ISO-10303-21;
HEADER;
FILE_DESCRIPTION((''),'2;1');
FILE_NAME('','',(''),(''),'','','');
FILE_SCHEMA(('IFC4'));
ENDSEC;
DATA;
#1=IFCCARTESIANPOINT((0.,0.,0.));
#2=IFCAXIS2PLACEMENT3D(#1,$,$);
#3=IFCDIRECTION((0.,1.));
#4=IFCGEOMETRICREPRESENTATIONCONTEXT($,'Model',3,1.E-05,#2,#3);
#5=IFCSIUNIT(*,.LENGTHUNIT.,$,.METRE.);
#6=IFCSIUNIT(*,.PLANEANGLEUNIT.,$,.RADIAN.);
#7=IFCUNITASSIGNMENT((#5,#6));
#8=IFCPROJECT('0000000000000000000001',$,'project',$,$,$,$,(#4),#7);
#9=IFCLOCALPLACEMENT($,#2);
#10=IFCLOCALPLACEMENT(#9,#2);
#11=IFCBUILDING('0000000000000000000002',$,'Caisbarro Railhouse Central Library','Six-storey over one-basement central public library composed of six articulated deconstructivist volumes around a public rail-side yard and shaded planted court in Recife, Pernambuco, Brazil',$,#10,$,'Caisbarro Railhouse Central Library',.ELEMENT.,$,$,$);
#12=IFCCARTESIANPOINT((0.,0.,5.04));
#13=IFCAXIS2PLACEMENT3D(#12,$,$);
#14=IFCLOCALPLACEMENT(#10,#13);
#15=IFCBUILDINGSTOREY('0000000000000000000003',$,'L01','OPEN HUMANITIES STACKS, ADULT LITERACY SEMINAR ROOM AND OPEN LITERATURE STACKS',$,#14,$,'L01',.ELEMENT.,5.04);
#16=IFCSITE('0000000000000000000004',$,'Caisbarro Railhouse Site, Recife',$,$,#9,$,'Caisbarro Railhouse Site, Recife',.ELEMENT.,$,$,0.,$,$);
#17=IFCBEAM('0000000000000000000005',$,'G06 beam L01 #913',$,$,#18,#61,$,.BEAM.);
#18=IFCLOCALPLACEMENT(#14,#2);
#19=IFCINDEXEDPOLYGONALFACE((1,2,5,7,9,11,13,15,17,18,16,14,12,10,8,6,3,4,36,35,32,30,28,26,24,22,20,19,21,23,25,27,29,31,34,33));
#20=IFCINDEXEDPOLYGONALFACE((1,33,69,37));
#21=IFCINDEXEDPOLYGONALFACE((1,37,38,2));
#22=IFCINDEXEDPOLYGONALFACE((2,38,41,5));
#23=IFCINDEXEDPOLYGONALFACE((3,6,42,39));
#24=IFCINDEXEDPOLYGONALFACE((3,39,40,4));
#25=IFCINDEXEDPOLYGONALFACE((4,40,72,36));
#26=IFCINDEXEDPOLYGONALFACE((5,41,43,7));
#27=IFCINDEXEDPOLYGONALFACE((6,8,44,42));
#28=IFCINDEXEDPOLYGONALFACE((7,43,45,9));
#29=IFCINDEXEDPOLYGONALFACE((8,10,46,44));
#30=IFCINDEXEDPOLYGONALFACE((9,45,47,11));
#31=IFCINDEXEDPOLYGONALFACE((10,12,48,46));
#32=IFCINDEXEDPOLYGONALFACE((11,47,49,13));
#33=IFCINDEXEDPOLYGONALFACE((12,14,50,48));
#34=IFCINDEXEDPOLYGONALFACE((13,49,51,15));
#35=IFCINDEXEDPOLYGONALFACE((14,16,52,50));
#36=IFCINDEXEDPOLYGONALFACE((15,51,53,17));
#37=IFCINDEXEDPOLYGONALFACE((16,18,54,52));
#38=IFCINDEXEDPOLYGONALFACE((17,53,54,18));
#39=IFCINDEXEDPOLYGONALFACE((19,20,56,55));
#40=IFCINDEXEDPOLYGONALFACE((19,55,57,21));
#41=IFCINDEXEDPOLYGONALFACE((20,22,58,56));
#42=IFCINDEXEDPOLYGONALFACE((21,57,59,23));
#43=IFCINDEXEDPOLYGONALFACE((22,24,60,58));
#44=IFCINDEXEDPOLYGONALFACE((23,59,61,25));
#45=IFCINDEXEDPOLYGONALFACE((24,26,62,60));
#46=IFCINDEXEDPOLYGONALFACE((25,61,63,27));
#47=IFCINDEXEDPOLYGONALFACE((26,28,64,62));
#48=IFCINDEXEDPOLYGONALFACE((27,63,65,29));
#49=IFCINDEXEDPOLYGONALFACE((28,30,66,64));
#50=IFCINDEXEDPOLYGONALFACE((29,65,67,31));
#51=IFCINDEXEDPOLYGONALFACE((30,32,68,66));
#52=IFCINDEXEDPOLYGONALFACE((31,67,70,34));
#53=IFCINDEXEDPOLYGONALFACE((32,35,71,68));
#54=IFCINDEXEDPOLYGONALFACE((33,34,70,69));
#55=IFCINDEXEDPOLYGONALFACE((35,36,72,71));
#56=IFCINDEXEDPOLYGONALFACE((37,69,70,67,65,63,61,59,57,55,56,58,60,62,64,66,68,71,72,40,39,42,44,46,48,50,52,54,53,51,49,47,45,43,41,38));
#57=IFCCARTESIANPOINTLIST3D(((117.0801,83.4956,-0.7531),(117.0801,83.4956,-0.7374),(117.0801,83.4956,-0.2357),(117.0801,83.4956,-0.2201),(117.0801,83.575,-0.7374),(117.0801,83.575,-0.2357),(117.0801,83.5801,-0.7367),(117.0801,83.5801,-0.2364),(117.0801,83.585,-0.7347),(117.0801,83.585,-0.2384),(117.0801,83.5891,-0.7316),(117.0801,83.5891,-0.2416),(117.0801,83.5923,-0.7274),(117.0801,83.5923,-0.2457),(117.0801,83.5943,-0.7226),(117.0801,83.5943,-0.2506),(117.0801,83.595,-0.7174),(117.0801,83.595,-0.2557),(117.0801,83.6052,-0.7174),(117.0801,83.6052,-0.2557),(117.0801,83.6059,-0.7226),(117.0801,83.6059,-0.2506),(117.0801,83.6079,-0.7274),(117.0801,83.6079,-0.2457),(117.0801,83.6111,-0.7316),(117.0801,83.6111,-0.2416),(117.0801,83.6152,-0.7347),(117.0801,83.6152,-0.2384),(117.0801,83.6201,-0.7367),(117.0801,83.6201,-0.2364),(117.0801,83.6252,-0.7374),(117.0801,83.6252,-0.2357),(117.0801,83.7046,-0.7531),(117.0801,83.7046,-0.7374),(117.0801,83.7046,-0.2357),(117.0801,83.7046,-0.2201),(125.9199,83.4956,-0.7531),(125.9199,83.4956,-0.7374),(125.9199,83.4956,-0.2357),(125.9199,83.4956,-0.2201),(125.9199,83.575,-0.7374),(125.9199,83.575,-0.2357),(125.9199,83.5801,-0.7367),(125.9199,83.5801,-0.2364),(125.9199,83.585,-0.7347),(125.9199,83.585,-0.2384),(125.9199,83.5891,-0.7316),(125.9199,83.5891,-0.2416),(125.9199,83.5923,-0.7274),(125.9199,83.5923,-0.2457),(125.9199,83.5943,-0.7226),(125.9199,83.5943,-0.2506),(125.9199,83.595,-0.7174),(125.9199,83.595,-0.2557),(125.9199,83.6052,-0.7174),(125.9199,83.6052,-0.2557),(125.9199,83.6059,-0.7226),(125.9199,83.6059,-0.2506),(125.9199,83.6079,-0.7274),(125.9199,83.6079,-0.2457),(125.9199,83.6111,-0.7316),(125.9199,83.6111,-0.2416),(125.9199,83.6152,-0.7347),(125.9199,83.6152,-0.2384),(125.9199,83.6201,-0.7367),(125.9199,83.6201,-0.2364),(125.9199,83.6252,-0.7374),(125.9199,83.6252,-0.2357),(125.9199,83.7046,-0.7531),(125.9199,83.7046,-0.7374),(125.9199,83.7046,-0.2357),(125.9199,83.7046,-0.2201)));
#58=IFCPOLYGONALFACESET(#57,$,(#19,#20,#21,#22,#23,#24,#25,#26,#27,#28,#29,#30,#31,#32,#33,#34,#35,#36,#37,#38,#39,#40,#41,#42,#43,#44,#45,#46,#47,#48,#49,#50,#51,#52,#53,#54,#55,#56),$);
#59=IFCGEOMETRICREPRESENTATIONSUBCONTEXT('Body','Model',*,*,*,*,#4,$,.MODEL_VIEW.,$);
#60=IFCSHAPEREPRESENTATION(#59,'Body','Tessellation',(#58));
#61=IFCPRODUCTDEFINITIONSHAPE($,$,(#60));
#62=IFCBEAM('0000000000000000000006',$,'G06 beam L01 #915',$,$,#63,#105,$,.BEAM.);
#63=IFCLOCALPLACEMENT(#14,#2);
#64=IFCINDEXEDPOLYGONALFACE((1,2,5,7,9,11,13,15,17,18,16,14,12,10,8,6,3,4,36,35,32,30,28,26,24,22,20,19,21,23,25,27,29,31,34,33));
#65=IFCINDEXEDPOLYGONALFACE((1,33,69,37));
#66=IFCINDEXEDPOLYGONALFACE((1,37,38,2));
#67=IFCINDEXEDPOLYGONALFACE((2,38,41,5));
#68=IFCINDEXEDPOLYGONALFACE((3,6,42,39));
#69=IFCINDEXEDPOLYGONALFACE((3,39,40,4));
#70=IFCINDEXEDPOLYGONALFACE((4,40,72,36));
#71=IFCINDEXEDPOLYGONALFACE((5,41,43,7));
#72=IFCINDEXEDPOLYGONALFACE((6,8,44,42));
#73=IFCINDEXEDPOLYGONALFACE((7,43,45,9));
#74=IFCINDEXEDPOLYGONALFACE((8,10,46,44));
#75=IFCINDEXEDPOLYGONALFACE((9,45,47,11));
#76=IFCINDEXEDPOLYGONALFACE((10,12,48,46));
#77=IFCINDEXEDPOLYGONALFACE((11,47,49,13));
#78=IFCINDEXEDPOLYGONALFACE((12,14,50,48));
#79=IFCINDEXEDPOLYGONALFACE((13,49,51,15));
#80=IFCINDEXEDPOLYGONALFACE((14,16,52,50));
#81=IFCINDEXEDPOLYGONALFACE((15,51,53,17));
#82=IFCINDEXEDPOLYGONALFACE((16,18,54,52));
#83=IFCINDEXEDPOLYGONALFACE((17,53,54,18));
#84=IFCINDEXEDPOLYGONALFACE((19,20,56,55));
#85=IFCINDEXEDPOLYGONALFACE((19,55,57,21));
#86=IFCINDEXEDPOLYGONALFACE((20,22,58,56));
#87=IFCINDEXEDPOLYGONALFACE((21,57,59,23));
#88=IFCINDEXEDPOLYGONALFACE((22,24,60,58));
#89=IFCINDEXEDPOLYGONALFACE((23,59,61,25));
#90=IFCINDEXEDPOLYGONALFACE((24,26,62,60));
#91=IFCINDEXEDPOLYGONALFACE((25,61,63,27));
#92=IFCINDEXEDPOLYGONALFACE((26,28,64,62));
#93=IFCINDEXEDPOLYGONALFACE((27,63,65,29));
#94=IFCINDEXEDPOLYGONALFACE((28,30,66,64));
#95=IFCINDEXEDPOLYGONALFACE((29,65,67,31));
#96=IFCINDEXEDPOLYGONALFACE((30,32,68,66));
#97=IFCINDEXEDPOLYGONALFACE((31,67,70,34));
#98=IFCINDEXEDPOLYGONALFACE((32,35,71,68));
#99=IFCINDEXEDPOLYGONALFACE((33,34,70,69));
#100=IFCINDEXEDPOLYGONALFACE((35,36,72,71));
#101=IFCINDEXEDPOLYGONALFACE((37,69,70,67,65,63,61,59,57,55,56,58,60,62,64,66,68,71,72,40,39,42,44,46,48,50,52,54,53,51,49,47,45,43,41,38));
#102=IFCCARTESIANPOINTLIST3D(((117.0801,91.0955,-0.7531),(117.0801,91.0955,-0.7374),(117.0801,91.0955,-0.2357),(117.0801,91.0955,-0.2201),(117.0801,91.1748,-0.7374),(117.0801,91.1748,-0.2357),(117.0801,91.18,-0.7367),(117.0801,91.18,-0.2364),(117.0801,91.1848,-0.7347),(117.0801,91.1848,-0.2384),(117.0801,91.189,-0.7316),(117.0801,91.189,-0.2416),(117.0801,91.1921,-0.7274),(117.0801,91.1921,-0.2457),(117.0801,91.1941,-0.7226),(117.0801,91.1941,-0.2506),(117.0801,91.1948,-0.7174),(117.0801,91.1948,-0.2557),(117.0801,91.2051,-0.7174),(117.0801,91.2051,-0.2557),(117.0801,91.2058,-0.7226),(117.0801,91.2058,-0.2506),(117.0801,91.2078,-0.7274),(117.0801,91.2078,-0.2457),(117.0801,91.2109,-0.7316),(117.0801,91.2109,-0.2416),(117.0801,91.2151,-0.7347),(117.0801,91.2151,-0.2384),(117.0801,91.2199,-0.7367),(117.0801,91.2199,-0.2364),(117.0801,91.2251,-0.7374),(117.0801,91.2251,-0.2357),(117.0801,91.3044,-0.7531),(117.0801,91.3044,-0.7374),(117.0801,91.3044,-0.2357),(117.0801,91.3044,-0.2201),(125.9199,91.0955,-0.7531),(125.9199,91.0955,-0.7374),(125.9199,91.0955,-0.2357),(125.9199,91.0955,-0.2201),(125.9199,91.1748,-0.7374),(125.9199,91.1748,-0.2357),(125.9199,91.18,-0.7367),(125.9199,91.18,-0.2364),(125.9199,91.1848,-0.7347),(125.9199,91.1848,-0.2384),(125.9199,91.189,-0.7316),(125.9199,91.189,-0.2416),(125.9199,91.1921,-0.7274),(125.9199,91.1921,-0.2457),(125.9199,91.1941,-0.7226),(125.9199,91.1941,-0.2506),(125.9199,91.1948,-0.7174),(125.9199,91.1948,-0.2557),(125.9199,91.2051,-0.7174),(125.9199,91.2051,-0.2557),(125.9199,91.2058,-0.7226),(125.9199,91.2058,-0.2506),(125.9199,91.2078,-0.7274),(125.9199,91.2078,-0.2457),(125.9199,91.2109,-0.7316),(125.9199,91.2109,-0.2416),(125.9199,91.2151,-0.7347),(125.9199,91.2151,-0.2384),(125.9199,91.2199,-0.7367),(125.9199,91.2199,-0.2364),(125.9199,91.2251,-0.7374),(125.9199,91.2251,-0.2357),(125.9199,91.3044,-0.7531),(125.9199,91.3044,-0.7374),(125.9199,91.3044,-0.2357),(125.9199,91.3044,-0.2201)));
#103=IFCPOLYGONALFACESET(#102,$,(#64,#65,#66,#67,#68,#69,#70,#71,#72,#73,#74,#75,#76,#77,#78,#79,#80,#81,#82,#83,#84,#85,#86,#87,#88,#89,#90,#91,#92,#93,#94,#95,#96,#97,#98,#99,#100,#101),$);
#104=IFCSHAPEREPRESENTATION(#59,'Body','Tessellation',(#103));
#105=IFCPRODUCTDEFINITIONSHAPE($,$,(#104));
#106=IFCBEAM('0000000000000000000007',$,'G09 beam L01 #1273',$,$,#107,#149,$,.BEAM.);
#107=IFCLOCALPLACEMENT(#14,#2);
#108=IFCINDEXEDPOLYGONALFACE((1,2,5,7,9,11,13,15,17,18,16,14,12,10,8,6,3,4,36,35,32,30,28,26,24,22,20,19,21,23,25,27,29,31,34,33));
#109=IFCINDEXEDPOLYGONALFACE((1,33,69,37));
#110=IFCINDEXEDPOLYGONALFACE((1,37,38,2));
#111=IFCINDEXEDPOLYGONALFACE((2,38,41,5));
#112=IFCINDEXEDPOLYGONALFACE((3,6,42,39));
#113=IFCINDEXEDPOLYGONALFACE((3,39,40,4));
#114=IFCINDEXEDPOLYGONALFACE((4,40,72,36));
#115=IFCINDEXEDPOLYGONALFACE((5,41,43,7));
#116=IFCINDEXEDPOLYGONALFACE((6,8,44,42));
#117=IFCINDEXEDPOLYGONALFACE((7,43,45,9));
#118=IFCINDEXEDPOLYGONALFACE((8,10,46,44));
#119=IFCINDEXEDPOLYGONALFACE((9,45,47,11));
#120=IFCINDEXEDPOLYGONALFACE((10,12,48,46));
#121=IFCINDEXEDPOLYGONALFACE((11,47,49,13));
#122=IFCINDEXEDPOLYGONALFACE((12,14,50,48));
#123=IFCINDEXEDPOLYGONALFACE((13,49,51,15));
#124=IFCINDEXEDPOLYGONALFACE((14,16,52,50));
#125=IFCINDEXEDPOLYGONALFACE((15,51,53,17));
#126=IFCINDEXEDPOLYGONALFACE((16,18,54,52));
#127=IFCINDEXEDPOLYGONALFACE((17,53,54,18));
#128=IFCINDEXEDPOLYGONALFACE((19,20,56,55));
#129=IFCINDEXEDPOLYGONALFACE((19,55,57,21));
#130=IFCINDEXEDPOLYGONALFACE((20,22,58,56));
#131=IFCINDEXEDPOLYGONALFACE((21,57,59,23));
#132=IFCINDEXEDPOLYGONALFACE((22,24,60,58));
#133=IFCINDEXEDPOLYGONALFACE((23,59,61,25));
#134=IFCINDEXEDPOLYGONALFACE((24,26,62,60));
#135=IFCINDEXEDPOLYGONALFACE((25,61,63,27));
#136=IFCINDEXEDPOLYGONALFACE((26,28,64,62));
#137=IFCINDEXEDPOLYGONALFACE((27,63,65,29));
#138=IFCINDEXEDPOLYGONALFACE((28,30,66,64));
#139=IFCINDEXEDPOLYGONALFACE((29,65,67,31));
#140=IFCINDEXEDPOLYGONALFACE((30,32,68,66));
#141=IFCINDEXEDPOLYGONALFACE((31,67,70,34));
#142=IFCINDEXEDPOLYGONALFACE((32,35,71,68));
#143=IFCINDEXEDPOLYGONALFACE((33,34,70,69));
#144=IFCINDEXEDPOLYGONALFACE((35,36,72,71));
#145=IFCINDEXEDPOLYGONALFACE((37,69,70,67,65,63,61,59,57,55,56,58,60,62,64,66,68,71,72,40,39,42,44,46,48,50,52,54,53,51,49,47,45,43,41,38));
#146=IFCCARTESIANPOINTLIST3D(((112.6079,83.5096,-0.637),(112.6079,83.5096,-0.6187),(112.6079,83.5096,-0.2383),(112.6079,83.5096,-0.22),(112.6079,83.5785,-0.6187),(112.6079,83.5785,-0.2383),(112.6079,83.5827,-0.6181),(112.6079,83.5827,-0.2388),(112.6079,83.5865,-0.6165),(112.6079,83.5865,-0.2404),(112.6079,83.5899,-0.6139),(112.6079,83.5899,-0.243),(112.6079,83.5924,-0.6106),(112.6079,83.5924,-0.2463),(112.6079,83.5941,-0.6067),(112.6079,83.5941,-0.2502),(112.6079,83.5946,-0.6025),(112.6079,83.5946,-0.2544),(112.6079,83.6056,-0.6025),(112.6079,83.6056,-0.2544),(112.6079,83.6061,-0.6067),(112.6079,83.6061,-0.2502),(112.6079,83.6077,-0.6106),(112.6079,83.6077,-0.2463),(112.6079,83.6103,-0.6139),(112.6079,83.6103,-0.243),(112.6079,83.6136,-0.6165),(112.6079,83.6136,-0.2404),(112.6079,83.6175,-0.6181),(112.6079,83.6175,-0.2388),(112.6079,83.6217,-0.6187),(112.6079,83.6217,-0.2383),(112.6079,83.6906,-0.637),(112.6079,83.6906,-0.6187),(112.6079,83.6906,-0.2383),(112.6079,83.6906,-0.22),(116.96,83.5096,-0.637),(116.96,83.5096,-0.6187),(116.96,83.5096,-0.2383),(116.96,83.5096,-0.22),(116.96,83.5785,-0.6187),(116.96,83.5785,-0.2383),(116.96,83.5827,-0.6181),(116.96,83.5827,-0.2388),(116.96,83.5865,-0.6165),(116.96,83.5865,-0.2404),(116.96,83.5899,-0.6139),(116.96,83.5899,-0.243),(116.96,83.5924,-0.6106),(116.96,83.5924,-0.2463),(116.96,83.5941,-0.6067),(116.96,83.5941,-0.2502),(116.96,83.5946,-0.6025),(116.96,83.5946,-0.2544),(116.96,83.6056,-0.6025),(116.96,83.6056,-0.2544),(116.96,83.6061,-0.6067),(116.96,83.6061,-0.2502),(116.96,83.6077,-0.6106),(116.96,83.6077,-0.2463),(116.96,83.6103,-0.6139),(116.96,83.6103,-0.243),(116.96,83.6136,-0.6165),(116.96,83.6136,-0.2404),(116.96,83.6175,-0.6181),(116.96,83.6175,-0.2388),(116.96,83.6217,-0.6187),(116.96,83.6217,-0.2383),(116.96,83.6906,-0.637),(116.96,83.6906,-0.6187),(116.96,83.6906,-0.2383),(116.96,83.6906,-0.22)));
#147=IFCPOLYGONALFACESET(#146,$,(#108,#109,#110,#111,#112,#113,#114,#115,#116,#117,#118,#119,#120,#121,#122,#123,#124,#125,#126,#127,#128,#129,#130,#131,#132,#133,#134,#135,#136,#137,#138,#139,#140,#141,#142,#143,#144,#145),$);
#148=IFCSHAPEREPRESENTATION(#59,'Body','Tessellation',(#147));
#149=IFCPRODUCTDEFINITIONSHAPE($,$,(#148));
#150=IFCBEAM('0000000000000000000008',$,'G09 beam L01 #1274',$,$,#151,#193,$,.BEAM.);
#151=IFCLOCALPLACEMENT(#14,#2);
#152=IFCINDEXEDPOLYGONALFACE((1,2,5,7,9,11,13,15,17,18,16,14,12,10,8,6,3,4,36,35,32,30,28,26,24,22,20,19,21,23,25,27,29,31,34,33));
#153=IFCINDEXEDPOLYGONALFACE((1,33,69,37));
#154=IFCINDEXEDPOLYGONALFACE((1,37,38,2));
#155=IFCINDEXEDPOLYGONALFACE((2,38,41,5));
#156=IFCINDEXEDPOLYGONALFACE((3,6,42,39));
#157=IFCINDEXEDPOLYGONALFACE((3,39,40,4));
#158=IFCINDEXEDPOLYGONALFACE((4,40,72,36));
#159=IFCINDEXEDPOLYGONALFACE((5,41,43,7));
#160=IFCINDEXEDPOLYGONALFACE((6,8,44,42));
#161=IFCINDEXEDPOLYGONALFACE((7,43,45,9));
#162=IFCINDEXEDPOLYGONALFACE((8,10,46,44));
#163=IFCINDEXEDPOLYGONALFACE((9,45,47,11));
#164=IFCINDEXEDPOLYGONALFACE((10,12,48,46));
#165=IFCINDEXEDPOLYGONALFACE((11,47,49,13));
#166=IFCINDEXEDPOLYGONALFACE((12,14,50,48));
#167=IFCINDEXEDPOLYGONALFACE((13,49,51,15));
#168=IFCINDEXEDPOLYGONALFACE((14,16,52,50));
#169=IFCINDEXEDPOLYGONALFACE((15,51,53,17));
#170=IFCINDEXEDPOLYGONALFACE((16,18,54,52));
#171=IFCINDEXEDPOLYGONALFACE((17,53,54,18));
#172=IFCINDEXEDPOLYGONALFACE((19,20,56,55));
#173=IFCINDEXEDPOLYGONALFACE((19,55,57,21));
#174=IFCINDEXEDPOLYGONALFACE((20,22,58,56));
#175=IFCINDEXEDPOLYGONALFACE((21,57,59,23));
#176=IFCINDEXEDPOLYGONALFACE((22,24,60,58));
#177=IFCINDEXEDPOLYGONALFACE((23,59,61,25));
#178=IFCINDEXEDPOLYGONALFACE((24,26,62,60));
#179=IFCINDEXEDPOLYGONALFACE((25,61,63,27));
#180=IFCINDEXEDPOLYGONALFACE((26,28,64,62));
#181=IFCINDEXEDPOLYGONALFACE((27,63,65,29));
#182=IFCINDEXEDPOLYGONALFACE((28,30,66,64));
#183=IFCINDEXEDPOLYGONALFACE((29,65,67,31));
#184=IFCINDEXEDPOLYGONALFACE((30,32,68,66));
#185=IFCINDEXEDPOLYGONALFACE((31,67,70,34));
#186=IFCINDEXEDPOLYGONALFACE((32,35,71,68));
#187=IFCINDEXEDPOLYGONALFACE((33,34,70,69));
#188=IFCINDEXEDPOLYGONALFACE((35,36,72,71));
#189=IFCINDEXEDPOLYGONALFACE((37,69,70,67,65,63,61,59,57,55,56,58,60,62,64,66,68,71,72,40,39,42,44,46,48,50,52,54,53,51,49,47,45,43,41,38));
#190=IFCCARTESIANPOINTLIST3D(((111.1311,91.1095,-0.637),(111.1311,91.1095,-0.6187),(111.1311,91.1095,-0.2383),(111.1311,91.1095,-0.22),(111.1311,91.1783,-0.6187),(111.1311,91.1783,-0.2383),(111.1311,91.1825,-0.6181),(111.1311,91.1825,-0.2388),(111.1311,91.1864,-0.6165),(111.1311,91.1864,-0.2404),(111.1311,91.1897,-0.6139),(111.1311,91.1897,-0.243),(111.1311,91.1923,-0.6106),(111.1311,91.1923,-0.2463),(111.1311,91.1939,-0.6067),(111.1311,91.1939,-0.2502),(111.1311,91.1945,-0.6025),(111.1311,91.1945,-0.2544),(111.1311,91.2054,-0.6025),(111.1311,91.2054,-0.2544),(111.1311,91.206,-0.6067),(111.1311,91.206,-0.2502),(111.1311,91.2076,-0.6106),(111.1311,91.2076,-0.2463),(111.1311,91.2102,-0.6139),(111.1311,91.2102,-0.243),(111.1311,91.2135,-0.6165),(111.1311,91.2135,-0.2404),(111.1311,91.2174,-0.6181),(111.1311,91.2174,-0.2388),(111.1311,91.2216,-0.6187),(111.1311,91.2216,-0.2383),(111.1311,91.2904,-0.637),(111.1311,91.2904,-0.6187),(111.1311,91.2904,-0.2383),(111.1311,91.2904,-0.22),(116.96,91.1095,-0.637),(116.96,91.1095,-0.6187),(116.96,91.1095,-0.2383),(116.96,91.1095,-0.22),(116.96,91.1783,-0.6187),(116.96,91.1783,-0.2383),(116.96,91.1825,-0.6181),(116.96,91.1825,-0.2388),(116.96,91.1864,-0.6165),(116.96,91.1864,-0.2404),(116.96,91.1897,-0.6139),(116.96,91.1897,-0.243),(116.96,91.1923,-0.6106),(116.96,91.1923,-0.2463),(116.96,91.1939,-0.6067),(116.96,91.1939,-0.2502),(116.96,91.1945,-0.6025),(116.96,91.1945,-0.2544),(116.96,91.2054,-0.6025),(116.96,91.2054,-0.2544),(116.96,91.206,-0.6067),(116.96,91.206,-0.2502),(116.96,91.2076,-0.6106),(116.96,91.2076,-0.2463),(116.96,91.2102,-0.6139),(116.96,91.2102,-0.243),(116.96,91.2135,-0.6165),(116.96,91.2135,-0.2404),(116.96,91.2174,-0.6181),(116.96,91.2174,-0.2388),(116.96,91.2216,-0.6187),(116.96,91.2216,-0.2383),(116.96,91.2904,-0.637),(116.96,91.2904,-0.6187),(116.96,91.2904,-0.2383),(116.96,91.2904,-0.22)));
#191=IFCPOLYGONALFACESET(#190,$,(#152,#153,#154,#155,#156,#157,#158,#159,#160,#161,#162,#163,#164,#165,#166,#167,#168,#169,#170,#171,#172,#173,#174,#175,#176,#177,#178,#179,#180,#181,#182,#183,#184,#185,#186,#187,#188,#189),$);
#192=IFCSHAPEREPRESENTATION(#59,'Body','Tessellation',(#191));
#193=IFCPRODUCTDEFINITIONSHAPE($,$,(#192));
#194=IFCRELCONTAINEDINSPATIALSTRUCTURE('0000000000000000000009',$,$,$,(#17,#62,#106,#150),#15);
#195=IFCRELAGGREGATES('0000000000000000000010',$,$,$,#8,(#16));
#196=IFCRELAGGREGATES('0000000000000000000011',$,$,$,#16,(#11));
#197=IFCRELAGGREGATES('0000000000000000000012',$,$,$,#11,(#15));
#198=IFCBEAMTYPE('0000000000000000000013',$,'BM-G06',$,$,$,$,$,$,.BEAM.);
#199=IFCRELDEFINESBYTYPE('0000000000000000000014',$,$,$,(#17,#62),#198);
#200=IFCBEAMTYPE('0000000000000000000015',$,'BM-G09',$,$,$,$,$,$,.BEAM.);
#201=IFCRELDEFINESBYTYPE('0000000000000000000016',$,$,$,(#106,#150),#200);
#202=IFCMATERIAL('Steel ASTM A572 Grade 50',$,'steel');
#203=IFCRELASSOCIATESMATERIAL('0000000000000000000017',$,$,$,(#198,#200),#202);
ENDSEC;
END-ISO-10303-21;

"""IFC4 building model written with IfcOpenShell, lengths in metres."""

from ifc_helpers import new_model, si_unit, direction, frame, origin, origin_2d, place, context, subcontext, project, spatial, i_section, extrude, material, material_profile, profile_set, type_object, element, save


model = new_model("IFC4")

# Units and contexts
model_context = context("Model", 3, precision=1e-05, world=origin(), true_north=direction((0.0, 1.0)))
body_context = subcontext(model_context, "Body", "Model", "MODEL_VIEW")
ifc_project = project(units=[si_unit("LENGTHUNIT", "METRE"), si_unit("PLANEANGLEUNIT", "RADIAN")], contexts=[model_context])

# Site, building, storey
site_placement = place(None, origin())
site = spatial("IfcSite", under=ifc_project, at=site_placement, Name="Caisbarro Railhouse Site, Recife", LongName="Caisbarro Railhouse Site, Recife", CompositionType="ELEMENT", RefElevation=0.0)
building_placement = place(site_placement, origin())
building = spatial("IfcBuilding", under=site, at=building_placement, Name="Caisbarro Railhouse Central Library", Description="Six-storey over one-basement central public library composed of six articulated deconstructivist volumes around a public rail-side yard and shaded planted court in Recife, Pernambuco, Brazil", LongName="Caisbarro Railhouse Central Library", CompositionType="ELEMENT")
storey_placement = place(building_placement, frame((0.0, 0.0, 5.04)))
storey = spatial("IfcBuildingStorey", under=building, at=storey_placement, Name="L01", Description="OPEN HUMANITIES STACKS, ADULT LITERACY SEMINAR ROOM AND OPEN LITERATURE STACKS", LongName="L01", CompositionType="ELEMENT", Elevation=5.04)

# Shared definitions
ifc_material_1 = material(Name="Steel ASTM A572 Grade 50", Category="steel")

# Beams
ifc_material_profile_1 = material_profile(ifc_material_1, i_section(OverallWidth=0.209, OverallDepth=0.533, WebThickness=0.0103, FlangeThickness=0.0156, FilletRadius=0.02, at=origin_2d()), Name="W530X92.0")
ifc_profile_set_1 = profile_set([ifc_material_profile_1], Name="Steel ASTM A572 Grade 50")
beam_type_1 = type_object("IfcBeamType", Name="BM-G06", PredefinedType="BEAM", material=ifc_profile_set_1)
for number, where, z_axis, x_axis, name in (
    (1, (117.0801, 83.6001, -0.4866), (1.0, 0.0, 0.0), (0.0, 1.0, 0.0), "G06 beam L01 #913"),
    (2, (117.0801, 91.2, -0.4866), (1.0, 0.0, 0.0), (0.0, 1.0, 0.0), "G06 beam L01 #915"),
):
    element("IfcBeam", number, at=place(storey_placement, frame(where, z_axis=z_axis, x_axis=x_axis)), inside=storey, type_object=beam_type_1, Name=name, PredefinedType="BEAM", context=body_context, shape_type="SweptSolid", body=[
        extrude(i_section(OverallWidth=0.209, OverallDepth=0.533, WebThickness=0.0103, FlangeThickness=0.0156, FilletRadius=0.02, at=origin_2d()), origin(), (0.0, 0.0, 1.0), 8.8398),
    ])
ifc_material_profile_2 = material_profile(ifc_material_1, i_section(OverallWidth=0.1809, OverallDepth=0.417, WebThickness=0.011, FlangeThickness=0.0183, FilletRadius=0.0161, at=origin_2d()), Name="W410X85.0")
ifc_profile_set_2 = profile_set([ifc_material_profile_2], Name="Steel ASTM A572 Grade 50")
beam_type_2 = type_object("IfcBeamType", Name="BM-G09", PredefinedType="BEAM", material=ifc_profile_set_2)
beam_1_placement = place(storey_placement, frame((112.6079, 83.6001, -0.4285), z_axis=(1.0, 0.0, 0.0), x_axis=(0.0, 1.0, 0.0)))
element("IfcBeam", 3, at=beam_1_placement, inside=storey, type_object=beam_type_2, Name="G09 beam L01 #1273", PredefinedType="BEAM", context=body_context, shape_type="SweptSolid", body=[
    extrude(i_section(OverallWidth=0.1809, OverallDepth=0.417, WebThickness=0.011, FlangeThickness=0.0183, FilletRadius=0.0161, at=origin_2d()), origin(), (0.0, 0.0, 1.0), 4.3521),
])
beam_2_placement = place(storey_placement, frame((111.1311, 91.2, -0.4285), z_axis=(1.0, 0.0, 0.0), x_axis=(0.0, 1.0, 0.0)))
element("IfcBeam", 4, at=beam_2_placement, inside=storey, type_object=beam_type_2, Name="G09 beam L01 #1274", PredefinedType="BEAM", context=body_context, shape_type="SweptSolid", body=[
    extrude(i_section(OverallWidth=0.1809, OverallDepth=0.417, WebThickness=0.011, FlangeThickness=0.0183, FilletRadius=0.0161, at=origin_2d()), origin(), (0.0, 0.0, 1.0), 5.8289),
])

save(model, "model.ifc")
